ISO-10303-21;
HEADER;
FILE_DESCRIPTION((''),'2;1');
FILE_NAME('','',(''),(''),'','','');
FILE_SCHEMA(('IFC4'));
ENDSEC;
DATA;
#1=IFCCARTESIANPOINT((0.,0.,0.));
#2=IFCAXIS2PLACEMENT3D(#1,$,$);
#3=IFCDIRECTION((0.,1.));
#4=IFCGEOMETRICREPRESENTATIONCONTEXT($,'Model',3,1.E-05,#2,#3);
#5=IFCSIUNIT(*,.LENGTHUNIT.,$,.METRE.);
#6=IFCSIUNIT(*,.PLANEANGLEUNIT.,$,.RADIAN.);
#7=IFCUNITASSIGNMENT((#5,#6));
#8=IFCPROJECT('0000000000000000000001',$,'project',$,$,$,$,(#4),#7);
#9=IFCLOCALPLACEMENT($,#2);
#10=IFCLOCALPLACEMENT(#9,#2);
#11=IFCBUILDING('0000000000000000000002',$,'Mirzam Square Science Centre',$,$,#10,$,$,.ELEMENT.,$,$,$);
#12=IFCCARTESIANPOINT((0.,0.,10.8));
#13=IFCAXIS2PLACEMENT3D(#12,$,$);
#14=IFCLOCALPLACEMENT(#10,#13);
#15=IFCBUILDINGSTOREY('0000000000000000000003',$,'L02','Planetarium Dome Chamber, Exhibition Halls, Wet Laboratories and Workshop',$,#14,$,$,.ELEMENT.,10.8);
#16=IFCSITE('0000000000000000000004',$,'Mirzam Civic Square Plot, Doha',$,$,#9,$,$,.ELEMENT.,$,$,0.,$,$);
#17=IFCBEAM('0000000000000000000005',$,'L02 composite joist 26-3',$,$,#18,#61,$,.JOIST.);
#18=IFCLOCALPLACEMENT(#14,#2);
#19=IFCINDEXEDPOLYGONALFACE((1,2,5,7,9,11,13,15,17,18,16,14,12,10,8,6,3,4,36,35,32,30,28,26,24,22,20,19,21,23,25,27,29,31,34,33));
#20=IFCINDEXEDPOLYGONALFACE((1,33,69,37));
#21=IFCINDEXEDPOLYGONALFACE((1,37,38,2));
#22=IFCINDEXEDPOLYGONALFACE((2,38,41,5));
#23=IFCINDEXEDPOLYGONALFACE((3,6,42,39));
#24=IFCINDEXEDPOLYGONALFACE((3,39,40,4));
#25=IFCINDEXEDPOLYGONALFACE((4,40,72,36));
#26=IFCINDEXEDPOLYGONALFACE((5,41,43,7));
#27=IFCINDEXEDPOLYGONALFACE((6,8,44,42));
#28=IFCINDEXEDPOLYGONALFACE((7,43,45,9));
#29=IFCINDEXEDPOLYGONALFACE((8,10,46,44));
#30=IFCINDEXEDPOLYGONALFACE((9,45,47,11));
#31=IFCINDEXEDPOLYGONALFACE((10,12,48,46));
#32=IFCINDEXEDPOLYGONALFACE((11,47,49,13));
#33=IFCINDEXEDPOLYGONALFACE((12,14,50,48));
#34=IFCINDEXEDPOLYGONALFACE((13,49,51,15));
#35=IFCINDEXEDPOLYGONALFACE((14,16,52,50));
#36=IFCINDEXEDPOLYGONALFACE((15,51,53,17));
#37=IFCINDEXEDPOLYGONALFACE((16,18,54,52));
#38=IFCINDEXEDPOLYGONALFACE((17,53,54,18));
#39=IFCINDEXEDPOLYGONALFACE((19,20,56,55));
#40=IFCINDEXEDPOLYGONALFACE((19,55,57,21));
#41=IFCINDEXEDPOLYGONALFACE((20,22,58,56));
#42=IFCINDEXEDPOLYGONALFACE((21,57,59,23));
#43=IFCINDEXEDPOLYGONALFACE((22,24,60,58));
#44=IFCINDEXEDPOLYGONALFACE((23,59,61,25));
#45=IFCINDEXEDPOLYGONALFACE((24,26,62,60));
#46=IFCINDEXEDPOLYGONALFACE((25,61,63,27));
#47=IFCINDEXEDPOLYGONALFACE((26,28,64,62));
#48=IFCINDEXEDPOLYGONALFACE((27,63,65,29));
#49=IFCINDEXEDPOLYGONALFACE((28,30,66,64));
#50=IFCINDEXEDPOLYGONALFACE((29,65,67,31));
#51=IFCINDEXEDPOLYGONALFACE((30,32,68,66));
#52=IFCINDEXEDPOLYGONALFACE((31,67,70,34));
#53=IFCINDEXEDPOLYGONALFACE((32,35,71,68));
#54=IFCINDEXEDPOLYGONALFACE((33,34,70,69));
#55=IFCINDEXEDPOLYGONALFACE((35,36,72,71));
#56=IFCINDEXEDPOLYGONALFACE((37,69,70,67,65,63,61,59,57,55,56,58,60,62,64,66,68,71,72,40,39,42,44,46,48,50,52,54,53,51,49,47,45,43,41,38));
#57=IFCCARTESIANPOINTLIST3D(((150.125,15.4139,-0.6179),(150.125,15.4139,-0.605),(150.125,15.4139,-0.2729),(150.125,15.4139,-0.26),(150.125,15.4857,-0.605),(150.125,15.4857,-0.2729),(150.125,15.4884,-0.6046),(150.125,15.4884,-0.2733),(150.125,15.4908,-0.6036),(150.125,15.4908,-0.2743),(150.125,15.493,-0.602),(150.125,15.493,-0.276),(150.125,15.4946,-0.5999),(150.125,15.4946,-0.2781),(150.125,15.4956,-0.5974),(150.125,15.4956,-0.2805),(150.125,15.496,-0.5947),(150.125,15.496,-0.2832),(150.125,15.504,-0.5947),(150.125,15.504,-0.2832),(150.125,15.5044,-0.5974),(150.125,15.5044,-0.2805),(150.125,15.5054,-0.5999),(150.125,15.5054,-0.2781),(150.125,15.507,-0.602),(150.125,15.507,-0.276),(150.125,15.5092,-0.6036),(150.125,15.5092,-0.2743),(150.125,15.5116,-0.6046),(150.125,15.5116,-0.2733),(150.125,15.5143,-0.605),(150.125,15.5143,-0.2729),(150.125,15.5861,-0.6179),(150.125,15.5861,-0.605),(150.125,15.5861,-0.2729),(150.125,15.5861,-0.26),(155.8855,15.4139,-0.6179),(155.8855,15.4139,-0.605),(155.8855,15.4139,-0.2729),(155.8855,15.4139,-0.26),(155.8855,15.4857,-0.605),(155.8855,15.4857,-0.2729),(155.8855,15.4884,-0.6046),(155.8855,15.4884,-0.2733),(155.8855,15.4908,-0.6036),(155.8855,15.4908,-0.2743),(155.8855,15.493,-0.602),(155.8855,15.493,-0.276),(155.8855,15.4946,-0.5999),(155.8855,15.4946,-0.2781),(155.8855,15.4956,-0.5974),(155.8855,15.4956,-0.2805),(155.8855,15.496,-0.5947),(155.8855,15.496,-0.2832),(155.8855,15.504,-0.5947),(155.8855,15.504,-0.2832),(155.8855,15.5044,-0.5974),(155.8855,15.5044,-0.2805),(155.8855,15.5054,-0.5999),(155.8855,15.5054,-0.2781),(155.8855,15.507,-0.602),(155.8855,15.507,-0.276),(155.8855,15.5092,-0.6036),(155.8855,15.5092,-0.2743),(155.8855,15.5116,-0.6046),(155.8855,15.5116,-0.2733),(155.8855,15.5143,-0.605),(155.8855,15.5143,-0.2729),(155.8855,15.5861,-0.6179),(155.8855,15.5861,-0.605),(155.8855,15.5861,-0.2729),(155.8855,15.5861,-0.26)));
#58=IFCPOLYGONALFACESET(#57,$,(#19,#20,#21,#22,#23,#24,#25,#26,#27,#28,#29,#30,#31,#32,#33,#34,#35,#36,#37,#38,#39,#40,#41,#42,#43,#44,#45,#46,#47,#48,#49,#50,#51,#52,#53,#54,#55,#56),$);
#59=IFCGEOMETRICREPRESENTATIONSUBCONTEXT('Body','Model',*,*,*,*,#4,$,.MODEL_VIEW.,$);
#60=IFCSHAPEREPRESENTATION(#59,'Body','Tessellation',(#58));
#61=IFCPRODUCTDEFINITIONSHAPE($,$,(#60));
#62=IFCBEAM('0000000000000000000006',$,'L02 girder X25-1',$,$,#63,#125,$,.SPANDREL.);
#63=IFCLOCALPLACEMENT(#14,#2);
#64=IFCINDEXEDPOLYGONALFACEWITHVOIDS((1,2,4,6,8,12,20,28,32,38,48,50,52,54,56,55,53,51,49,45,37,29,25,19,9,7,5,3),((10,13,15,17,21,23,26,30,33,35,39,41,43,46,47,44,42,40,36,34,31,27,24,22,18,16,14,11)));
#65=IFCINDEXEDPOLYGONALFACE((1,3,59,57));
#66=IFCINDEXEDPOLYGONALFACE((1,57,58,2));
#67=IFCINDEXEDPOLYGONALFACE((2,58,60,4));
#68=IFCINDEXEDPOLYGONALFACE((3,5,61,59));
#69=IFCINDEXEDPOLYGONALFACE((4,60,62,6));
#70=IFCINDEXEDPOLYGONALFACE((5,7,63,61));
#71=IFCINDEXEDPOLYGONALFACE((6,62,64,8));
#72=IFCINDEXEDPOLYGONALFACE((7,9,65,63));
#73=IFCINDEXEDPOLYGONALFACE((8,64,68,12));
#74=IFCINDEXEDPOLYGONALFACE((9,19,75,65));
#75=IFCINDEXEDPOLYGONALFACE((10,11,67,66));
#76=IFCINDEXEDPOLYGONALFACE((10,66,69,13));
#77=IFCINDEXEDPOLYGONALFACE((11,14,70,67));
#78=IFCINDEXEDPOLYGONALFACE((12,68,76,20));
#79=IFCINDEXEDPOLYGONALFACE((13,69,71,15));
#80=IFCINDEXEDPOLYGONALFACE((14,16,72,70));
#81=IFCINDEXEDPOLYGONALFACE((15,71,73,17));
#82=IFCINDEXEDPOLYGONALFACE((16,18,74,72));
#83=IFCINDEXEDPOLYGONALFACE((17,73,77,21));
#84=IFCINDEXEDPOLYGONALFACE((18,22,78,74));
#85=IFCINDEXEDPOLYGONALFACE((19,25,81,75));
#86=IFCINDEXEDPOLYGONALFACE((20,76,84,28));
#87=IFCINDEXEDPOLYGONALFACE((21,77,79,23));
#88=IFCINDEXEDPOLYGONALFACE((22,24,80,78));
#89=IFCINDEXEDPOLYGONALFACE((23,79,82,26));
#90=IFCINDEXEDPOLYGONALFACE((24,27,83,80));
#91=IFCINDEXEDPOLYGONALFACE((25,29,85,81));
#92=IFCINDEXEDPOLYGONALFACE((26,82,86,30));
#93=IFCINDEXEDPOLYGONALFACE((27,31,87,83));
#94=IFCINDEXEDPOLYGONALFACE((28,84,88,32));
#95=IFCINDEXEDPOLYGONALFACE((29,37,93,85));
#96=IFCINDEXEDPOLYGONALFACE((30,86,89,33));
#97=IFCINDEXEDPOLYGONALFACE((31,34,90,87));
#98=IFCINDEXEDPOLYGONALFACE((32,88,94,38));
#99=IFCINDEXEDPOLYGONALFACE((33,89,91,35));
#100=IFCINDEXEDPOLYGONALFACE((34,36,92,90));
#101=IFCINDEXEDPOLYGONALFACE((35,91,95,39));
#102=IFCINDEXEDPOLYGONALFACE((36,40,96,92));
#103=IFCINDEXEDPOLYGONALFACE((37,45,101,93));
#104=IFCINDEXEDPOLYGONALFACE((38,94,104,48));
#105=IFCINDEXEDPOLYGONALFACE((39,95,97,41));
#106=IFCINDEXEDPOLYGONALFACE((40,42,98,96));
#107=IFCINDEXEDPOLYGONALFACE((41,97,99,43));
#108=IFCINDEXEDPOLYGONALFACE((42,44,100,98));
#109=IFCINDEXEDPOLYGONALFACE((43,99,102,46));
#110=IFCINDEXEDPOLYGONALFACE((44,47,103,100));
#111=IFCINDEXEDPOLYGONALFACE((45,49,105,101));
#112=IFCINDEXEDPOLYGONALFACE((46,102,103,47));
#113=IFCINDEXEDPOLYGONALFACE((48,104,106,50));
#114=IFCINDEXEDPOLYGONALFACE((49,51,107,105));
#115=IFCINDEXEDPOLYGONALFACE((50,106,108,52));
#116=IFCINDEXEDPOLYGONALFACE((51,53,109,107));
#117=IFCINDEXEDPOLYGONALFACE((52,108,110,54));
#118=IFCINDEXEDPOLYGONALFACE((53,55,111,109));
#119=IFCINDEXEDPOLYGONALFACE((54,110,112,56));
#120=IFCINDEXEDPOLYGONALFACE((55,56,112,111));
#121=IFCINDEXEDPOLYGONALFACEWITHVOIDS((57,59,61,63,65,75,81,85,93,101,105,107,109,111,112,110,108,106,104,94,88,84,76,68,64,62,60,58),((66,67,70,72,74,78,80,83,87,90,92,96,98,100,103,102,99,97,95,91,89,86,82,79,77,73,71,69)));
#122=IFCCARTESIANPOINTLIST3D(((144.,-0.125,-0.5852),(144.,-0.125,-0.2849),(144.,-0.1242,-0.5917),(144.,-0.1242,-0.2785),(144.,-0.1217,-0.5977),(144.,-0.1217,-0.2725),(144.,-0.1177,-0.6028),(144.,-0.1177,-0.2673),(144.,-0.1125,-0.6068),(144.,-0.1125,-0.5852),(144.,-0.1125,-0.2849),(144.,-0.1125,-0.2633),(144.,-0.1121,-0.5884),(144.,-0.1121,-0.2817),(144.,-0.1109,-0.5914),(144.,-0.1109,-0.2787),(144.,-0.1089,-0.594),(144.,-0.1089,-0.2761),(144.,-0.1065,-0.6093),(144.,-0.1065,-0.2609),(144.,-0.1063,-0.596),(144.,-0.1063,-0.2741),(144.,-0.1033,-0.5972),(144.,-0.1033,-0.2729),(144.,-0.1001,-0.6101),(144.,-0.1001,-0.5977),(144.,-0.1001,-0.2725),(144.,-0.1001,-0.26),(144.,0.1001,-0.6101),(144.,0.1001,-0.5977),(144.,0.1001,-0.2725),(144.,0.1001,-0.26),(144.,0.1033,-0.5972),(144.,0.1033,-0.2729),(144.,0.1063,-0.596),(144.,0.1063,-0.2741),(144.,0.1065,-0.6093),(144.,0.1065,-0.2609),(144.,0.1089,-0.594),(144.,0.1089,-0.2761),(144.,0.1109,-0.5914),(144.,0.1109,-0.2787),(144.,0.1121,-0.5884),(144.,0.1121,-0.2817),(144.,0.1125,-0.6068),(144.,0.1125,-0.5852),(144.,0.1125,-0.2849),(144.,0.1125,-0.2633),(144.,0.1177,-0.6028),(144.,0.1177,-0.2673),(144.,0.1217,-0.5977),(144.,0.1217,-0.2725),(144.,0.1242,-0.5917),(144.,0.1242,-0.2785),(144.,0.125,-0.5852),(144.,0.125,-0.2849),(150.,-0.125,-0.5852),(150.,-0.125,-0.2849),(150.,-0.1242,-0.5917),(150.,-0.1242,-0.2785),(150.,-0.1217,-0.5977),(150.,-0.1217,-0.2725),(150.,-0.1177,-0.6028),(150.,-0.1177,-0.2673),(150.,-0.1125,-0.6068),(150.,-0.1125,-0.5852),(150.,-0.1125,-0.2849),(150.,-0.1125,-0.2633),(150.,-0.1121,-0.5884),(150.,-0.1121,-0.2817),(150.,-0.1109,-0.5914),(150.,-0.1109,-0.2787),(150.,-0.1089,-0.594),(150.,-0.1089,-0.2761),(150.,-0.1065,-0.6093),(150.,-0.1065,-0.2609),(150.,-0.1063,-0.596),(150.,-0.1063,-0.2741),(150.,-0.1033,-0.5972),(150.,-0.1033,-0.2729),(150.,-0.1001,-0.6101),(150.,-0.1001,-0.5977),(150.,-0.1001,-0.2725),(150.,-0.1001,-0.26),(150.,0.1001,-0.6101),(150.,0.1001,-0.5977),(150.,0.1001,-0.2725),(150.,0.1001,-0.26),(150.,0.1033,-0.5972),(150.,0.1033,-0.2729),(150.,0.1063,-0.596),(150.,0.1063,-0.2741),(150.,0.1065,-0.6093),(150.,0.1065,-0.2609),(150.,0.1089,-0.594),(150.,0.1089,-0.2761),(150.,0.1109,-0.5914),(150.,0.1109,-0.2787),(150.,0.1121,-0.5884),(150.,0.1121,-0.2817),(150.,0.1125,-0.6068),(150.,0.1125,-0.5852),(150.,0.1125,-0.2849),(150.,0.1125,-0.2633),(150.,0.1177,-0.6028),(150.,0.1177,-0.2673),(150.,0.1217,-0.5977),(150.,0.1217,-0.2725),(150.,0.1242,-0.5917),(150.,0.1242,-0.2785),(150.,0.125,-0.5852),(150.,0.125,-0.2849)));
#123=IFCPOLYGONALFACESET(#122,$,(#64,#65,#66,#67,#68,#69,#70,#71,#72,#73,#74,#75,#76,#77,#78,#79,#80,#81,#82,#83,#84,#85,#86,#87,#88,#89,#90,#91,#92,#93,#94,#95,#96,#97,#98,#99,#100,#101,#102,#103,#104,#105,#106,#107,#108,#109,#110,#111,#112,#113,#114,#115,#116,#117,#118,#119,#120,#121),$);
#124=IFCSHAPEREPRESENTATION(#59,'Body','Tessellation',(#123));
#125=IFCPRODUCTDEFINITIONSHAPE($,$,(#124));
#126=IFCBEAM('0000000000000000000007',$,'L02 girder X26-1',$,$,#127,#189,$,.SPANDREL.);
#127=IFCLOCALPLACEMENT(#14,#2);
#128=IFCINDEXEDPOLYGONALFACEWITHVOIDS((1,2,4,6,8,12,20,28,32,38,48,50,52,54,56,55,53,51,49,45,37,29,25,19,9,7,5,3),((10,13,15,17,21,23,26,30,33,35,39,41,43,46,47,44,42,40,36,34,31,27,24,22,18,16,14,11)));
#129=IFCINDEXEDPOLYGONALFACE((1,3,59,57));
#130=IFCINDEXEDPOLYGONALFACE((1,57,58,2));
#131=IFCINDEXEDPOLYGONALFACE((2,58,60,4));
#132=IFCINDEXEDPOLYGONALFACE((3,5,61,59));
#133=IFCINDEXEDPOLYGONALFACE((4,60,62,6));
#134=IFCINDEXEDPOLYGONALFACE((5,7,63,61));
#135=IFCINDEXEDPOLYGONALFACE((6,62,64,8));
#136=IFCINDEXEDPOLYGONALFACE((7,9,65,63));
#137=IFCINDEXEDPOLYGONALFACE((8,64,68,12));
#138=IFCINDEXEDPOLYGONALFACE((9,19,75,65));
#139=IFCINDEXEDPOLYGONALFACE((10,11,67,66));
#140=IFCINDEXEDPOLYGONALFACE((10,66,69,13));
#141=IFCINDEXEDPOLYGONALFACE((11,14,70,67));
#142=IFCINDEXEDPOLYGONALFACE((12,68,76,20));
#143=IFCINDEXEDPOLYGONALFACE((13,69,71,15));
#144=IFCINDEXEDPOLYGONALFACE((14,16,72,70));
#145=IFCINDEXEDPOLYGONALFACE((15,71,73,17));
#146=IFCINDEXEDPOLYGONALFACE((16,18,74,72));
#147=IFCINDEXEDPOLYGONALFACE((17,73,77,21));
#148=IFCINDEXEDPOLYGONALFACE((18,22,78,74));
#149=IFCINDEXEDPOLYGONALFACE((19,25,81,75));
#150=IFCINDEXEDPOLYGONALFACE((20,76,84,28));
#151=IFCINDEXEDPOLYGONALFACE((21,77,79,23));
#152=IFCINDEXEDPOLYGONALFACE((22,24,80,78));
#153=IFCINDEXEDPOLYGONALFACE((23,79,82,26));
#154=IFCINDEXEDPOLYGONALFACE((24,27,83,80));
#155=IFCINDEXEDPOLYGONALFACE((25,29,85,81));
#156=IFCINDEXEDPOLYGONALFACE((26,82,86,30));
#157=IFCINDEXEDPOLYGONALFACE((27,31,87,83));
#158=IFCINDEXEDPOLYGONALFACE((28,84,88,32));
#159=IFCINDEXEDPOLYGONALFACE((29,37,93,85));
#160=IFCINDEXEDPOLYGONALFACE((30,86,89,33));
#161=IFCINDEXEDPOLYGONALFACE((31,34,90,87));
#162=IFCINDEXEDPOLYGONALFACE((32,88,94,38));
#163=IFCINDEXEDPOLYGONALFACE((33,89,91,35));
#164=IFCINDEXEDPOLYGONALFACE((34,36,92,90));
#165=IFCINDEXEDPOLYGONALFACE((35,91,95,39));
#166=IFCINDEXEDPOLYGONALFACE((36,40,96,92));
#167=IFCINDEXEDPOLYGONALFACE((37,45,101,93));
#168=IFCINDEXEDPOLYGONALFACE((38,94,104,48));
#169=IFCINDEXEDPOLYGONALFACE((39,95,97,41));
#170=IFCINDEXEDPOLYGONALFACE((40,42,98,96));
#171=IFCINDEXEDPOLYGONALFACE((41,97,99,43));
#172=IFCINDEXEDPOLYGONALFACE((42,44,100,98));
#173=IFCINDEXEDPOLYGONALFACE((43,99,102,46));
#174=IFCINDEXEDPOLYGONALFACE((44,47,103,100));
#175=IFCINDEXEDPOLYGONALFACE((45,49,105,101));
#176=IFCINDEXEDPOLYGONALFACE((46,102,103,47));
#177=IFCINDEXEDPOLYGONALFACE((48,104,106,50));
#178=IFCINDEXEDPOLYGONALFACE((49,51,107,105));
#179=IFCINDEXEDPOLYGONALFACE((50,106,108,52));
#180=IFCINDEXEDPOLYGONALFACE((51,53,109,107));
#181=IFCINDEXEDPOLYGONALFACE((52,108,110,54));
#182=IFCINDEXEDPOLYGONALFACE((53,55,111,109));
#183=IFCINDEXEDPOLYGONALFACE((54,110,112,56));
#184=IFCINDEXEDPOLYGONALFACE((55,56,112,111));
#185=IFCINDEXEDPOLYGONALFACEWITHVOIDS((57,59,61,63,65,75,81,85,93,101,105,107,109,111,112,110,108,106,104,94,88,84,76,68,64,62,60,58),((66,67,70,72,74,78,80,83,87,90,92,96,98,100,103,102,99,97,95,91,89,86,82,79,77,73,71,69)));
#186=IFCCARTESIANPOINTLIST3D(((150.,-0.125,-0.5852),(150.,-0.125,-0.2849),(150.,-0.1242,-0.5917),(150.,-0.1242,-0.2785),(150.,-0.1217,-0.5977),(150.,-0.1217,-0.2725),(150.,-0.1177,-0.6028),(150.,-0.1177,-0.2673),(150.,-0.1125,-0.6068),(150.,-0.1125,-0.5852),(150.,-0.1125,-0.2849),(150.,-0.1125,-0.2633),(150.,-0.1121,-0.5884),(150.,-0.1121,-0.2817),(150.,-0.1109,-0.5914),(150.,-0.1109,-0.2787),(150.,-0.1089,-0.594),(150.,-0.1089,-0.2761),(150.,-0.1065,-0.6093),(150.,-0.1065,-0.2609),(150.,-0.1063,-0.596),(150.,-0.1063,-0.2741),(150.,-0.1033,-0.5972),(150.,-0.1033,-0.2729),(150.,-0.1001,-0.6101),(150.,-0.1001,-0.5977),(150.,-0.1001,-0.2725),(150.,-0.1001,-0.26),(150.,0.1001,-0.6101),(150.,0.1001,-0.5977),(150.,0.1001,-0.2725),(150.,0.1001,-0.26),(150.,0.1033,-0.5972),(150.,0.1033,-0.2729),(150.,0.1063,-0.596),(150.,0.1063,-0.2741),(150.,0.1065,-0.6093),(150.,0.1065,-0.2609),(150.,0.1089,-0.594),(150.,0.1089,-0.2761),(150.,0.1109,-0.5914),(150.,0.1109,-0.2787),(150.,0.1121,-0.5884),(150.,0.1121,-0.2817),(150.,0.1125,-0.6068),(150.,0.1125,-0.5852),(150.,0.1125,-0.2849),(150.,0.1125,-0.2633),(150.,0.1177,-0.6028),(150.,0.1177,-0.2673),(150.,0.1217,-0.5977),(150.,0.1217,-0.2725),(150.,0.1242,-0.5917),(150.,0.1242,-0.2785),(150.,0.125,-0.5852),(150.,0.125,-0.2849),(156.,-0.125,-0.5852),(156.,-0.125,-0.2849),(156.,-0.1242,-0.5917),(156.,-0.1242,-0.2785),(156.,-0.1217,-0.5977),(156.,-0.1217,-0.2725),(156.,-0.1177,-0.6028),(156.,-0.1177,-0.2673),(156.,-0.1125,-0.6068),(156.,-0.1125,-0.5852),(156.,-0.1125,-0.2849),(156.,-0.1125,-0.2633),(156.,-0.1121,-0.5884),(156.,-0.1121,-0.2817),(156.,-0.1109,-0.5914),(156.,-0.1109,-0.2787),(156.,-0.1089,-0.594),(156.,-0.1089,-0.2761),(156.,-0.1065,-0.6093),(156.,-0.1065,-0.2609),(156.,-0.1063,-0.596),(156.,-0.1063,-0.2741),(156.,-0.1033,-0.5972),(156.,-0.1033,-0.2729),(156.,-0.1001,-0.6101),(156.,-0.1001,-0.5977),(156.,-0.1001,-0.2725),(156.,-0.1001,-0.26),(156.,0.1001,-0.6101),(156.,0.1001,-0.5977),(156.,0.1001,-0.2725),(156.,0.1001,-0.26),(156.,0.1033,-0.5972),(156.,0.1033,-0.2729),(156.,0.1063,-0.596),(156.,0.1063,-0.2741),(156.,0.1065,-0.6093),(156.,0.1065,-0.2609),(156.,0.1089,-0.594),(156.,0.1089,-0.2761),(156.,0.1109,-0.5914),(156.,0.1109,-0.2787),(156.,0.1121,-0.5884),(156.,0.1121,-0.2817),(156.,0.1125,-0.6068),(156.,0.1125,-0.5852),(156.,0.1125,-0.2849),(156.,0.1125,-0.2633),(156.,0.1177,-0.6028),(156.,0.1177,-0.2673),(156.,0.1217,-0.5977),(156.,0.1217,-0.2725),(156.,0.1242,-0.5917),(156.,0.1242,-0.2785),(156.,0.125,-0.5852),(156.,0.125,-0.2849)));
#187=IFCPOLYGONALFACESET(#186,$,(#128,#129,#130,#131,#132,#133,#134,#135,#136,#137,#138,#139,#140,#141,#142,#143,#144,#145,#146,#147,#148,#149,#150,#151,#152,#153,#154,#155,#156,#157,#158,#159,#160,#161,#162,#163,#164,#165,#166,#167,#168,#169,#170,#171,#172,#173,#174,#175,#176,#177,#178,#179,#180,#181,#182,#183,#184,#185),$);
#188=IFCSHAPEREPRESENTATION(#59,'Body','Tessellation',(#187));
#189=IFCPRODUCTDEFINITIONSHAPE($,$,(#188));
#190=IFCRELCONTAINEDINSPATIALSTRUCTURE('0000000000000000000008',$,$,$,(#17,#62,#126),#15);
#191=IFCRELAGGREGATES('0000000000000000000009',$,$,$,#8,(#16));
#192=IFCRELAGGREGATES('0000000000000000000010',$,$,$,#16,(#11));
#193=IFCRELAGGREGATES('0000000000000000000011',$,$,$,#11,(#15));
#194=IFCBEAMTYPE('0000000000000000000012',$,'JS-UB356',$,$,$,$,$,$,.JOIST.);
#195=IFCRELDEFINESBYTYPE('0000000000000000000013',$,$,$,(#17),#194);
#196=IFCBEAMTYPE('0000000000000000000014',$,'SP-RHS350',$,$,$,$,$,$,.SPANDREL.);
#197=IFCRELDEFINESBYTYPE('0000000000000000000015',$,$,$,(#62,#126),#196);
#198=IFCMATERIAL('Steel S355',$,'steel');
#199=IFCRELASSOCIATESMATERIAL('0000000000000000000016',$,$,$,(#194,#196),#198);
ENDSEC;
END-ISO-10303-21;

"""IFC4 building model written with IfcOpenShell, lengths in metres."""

from ifc_helpers import new_model, si_unit, direction, frame, origin, origin_2d, place, context, subcontext, project, spatial, hollow_rectangle, i_section, extrude, material, material_profile, profile_set, type_object, element, save


model = new_model("IFC4")

# Units and contexts
model_context = context("Model", 3, precision=1e-05, world=origin(), true_north=direction((0.0, 1.0)))
body_context = subcontext(model_context, "Body", "Model", "MODEL_VIEW")
ifc_project = project(units=[si_unit("LENGTHUNIT", "METRE"), si_unit("PLANEANGLEUNIT", "RADIAN")], contexts=[model_context])

# Site, building, storey
site_placement = place(None, origin())
site = spatial("IfcSite", under=ifc_project, at=site_placement, Name="Mirzam Civic Square Plot, Doha", CompositionType="ELEMENT", RefElevation=0.0)
building_placement = place(site_placement, origin())
building = spatial("IfcBuilding", under=site, at=building_placement, Name="Mirzam Square Science Centre", CompositionType="ELEMENT")
storey_placement = place(building_placement, frame((0.0, 0.0, 10.8)))
storey = spatial("IfcBuildingStorey", under=building, at=storey_placement, Name="L02", Description="Planetarium Dome Chamber, Exhibition Halls, Wet Laboratories and Workshop", CompositionType="ELEMENT", Elevation=10.8)

# Shared definitions
ifc_material_1 = material(Name="Steel S355", Category="steel")

# Beams
ifc_material_profile_1 = material_profile(ifc_material_1, i_section(OverallWidth=0.1721, OverallDepth=0.3579, WebThickness=0.0081, FlangeThickness=0.0129, FilletRadius=0.0103, at=origin_2d()), Name="356x171x57UB")
ifc_profile_set_1 = profile_set([ifc_material_profile_1], Name="Steel S355")
beam_type_1 = type_object("IfcBeamType", Name="JS-UB356", PredefinedType="JOIST", material=ifc_profile_set_1)
beam_1_placement = place(storey_placement, frame((150.125, 15.5, -0.439), z_axis=(1.0, 0.0, 0.0), x_axis=(0.0, 1.0, 0.0)))
element("IfcBeam", 1, at=beam_1_placement, inside=storey, type_object=beam_type_1, Name="L02 composite joist 26-3", PredefinedType="JOIST", context=body_context, shape_type="SweptSolid", body=[
    extrude(i_section(OverallWidth=0.1721, OverallDepth=0.3579, WebThickness=0.0081, FlangeThickness=0.0129, FilletRadius=0.0103, at=origin_2d()), origin(), (0.0, 0.0, 1.0), 5.7605),
])
ifc_material_profile_2 = material_profile(ifc_material_1, hollow_rectangle(XDim=0.25, YDim=0.3501, WallThickness=0.0125, InnerFilletRadius=0.0125, OuterFilletRadius=0.0249, at=origin_2d()), Name="350x250x12.5RHS")
ifc_profile_set_2 = profile_set([ifc_material_profile_2], Name="Steel S355")
beam_type_2 = type_object("IfcBeamType", Name="SP-RHS350", PredefinedType="SPANDREL", material=ifc_profile_set_2)
for number, where, z_axis, x_axis, name in (
    (2, (144.0, 0.0, -0.4351), (1.0, 0.0, 0.0), (0.0, 1.0, 0.0), "L02 girder X25-1"),
    (3, (150.0, 0.0, -0.4351), (1.0, 0.0, 0.0), (0.0, 1.0, 0.0), "L02 girder X26-1"),
):
    element("IfcBeam", number, at=place(storey_placement, frame(where, z_axis=z_axis, x_axis=x_axis)), inside=storey, type_object=beam_type_2, Name=name, PredefinedType="SPANDREL", context=body_context, shape_type="SweptSolid", body=[
        extrude(hollow_rectangle(XDim=0.25, YDim=0.3501, WallThickness=0.0125, InnerFilletRadius=0.0125, OuterFilletRadius=0.0249, at=origin_2d()), origin(), (0.0, 0.0, 1.0), 6.0),
    ])

save(model, "model.ifc")
